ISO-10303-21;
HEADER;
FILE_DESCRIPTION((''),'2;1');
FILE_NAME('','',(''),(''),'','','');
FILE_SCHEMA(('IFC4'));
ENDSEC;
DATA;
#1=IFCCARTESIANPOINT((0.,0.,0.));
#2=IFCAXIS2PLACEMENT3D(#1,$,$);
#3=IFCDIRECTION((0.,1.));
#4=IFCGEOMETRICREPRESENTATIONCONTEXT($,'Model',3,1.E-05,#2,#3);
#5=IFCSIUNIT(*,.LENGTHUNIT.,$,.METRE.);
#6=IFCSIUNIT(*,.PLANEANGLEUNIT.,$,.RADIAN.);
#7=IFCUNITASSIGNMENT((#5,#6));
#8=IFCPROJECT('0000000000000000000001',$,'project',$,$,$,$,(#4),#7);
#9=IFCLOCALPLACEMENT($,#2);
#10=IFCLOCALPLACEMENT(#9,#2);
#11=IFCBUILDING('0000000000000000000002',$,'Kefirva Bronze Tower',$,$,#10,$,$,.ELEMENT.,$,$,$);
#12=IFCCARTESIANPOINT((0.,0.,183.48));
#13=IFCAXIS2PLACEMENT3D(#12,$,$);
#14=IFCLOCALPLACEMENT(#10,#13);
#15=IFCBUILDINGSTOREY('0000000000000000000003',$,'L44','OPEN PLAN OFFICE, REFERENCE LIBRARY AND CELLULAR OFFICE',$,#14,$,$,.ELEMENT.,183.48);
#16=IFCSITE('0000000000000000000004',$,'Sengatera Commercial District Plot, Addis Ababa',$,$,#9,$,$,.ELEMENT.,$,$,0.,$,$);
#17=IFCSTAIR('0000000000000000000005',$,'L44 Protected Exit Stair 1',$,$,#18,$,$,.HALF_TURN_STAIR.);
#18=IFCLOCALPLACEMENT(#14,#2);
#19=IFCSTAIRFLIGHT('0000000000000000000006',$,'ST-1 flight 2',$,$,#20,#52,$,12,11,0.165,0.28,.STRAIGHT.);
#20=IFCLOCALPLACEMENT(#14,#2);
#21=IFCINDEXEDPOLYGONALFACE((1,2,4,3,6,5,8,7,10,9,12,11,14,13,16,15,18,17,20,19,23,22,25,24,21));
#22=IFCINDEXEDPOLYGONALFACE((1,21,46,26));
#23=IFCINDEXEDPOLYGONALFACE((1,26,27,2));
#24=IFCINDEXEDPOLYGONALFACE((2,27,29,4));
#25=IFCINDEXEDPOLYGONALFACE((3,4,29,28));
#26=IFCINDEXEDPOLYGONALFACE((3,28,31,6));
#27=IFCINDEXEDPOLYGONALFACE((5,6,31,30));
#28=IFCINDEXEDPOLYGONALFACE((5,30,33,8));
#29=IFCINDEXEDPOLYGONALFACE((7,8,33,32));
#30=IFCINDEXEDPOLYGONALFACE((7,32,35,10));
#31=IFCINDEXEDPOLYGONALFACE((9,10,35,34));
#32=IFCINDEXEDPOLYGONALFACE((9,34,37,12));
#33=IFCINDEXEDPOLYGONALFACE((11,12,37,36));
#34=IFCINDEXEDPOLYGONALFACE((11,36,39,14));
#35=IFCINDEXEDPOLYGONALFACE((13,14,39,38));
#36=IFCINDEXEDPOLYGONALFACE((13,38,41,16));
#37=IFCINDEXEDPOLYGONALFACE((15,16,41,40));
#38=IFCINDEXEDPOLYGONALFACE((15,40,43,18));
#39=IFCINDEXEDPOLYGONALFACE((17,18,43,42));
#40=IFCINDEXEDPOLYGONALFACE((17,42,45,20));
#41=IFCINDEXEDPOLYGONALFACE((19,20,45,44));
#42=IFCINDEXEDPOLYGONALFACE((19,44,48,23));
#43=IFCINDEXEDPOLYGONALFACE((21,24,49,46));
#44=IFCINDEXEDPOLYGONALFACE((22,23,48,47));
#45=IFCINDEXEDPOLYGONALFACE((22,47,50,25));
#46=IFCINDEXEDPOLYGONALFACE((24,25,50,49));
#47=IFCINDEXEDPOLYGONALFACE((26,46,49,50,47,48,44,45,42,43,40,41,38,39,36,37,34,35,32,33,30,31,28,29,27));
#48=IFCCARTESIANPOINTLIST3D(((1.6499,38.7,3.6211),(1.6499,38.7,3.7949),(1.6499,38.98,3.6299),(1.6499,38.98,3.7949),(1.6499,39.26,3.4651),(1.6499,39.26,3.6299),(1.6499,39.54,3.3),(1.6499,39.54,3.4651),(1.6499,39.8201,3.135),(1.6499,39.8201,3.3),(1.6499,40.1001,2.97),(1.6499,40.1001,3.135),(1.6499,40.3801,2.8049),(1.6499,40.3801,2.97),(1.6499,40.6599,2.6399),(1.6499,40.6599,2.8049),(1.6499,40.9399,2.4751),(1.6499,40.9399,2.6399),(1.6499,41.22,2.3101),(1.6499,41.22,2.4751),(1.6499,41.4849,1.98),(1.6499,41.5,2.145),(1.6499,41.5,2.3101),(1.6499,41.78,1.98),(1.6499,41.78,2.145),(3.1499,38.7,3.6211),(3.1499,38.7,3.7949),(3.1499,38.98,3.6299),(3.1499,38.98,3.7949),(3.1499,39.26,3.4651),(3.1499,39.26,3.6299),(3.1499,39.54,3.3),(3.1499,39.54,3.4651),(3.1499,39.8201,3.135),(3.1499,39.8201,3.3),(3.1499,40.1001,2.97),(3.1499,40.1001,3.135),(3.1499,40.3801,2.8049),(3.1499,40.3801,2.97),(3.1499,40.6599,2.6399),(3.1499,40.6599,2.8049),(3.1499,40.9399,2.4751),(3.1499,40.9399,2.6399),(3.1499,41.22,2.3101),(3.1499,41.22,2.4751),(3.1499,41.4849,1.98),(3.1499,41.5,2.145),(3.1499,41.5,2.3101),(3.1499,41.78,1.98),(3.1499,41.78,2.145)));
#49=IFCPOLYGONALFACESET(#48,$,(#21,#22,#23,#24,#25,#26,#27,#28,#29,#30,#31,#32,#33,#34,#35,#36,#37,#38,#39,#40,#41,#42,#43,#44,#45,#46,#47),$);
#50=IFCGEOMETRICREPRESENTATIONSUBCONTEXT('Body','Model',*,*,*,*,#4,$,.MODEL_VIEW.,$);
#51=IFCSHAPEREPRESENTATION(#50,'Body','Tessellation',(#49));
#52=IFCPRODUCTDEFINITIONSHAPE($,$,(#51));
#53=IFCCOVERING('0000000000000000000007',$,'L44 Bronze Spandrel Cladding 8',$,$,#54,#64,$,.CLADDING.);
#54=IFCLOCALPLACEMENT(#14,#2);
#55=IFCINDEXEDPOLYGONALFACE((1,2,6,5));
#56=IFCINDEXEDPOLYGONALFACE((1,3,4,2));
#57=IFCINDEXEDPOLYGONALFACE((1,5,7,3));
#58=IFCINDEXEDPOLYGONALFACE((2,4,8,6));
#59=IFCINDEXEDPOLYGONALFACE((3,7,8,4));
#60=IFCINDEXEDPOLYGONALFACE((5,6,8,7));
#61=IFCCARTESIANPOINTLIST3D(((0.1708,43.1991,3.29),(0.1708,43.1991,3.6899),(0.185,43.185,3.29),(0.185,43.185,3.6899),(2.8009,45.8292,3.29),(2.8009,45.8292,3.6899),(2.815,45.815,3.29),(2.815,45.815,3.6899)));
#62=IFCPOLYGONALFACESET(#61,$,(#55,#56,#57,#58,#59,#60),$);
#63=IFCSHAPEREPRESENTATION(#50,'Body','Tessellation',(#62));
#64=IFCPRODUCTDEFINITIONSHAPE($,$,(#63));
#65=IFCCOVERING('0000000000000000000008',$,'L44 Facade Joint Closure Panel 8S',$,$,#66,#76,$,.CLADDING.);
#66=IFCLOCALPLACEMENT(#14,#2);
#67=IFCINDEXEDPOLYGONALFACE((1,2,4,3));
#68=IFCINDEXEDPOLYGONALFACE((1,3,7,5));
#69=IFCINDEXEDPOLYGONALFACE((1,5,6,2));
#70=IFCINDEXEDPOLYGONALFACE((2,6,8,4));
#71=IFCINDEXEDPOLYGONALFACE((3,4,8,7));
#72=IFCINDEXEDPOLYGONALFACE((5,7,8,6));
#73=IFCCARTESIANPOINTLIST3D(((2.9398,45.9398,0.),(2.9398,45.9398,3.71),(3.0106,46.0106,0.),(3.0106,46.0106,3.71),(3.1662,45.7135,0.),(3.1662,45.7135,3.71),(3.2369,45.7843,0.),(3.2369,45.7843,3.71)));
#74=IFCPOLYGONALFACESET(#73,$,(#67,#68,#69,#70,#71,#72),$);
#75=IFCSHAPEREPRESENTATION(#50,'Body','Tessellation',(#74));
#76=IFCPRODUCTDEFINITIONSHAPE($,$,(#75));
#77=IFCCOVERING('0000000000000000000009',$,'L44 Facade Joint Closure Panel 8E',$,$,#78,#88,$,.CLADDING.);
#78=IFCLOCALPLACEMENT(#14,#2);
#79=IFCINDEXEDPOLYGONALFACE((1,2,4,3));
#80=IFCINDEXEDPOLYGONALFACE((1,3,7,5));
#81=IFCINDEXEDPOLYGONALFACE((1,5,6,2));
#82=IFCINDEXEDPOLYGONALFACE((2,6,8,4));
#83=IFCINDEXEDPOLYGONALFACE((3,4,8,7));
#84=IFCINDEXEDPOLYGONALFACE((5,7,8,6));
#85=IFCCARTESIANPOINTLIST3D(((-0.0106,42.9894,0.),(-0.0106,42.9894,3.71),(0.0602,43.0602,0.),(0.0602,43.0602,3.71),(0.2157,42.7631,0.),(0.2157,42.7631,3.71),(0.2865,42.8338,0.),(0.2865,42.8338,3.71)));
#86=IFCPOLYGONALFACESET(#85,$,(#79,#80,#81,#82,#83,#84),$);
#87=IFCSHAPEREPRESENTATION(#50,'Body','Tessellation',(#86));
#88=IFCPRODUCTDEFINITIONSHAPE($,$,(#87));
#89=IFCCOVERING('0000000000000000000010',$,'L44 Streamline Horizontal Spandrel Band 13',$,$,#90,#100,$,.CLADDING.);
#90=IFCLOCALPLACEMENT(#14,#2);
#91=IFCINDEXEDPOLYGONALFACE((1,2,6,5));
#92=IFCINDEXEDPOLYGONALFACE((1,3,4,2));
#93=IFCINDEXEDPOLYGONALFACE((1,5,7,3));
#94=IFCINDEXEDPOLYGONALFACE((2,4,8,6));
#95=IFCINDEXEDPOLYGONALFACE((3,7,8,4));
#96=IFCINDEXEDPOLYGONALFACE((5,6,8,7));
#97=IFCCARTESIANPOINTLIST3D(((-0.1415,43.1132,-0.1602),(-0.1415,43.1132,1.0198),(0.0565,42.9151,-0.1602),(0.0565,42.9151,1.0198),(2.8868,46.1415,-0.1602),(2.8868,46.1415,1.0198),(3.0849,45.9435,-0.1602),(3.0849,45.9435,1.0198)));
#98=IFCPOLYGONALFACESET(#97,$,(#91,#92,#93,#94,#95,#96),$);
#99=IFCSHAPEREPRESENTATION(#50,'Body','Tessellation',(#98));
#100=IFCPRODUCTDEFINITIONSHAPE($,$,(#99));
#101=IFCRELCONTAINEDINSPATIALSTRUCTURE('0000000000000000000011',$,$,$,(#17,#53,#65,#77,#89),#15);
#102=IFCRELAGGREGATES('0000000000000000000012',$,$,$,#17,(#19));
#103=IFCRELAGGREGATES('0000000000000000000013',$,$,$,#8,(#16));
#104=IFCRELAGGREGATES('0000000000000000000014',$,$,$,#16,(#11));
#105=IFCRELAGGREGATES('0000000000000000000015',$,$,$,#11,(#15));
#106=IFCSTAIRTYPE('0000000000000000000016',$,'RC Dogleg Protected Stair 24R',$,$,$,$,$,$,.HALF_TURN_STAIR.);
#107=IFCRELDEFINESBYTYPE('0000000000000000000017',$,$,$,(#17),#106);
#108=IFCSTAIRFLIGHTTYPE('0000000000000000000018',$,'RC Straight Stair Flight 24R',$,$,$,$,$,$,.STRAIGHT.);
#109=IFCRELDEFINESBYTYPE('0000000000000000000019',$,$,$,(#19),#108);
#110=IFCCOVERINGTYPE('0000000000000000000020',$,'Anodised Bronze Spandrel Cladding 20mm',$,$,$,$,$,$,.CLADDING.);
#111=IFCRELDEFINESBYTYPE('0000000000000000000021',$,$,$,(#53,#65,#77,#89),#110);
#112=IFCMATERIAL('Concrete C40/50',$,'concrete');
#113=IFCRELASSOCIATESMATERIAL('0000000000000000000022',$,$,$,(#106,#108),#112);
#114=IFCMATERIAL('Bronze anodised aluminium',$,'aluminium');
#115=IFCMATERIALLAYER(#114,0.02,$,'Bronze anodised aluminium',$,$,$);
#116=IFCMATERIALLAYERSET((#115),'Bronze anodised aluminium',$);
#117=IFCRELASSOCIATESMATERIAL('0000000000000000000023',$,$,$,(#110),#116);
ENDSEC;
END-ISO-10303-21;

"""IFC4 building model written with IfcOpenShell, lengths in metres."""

from ifc_helpers import new_model, si_unit, direction, frame, origin, origin_2d, place, context, subcontext, project, spatial, polyline, rectangle, outline, extrude, material, layer, layer_set, type_object, element, aggregate, save


model = new_model("IFC4")

# Units and contexts
model_context = context("Model", 3, precision=1e-05, world=origin(), true_north=direction((0.0, 1.0)))
body_context = subcontext(model_context, "Body", "Model", "MODEL_VIEW")
ifc_project = project(units=[si_unit("LENGTHUNIT", "METRE"), si_unit("PLANEANGLEUNIT", "RADIAN")], contexts=[model_context])

# Site, building, storey
site_placement = place(None, origin())
site = spatial("IfcSite", under=ifc_project, at=site_placement, Name="Sengatera Commercial District Plot, Addis Ababa", CompositionType="ELEMENT", RefElevation=0.0)
building_placement = place(site_placement, origin())
building = spatial("IfcBuilding", under=site, at=building_placement, Name="Kefirva Bronze Tower", CompositionType="ELEMENT")
storey_placement = place(building_placement, frame((0.0, 0.0, 183.48)))
storey = spatial("IfcBuildingStorey", under=building, at=storey_placement, Name="L44", Description="OPEN PLAN OFFICE, REFERENCE LIBRARY AND CELLULAR OFFICE", CompositionType="ELEMENT", Elevation=183.48)

# Shared definitions
ifc_material_1 = material(Name="Bronze anodised aluminium", Category="aluminium")

# Stair, stair flight
ifc_material_2 = material(Name="Concrete C40/50", Category="concrete")
stair_type = type_object("IfcStairType", Name="RC Dogleg Protected Stair 24R", PredefinedType="HALF_TURN_STAIR", material=ifc_material_2)
stair_placement = place(storey_placement, origin())
stair = element("IfcStair", 1, at=stair_placement, inside=storey, type_object=stair_type, Name="L44 Protected Exit Stair 1", PredefinedType="HALF_TURN_STAIR")
stair_flight_type = type_object("IfcStairFlightType", Name="RC Straight Stair Flight 24R", PredefinedType="STRAIGHT", material=ifc_material_2)
stair_flight_1_placement = place(storey_placement, frame((2.3999, 41.78, 1.98), z_axis=(0.0, 0.0, 1.0), x_axis=(0.0, -1.0, 0.0)))
stair_flight_1 = element("IfcStairFlight", 2, at=stair_flight_1_placement, type_object=stair_flight_type, Name="ST-1 flight 2", NumberOfRisers=12, NumberOfTreads=11, PredefinedType="STRAIGHT", RiserHeight=0.165, TreadLength=0.28, context=body_context, shape_type="SweptSolid", body=[
    extrude(outline(polyline([(0.0, 0.0), (0.0, 0.165), (0.28, 0.165), (0.28, 0.3301), (0.5601, 0.3301), (0.5601, 0.4951), (0.8401, 0.4951), (0.8401, 0.6599), (1.1201, 0.6599), (1.1201, 0.825), (1.3999, 0.825), (1.3999, 0.99), (1.6799, 0.99), (1.6799, 1.155), (1.96, 1.155), (1.96, 1.3201), (2.24, 1.3201), (2.24, 1.4851), (2.52, 1.4851), (2.52, 1.6499), (2.8, 1.6499), (2.8, 1.8149), (3.0801, 1.8149), (3.0801, 1.98), (3.0801, 1.6411), (0.2952, 0.0), (0.0, 0.0)])), frame((0.0, 0.75, 0.0), z_axis=(0.0, -1.0, 0.0), x_axis=(1.0, 0.0, 0.0)), (0.0, 0.0, 1.0), 1.5),
])
aggregate(stair, [stair_flight_1])

# Coverings
ifc_layer_1 = layer(ifc_material_1, 0.02, Name="Bronze anodised aluminium")
ifc_layer_set_1 = layer_set([ifc_layer_1], Name="Bronze anodised aluminium")
covering_type_1 = type_object("IfcCoveringType", Name="Anodised Bronze Spandrel Cladding 20mm", PredefinedType="CLADDING", material=ifc_layer_set_1)
covering_1_placement = place(storey_placement, frame((1.4929, 44.5071, 3.29), z_axis=(0.0, 0.0, 1.0), x_axis=(-0.707107, -0.707107, 0.0)))
element("IfcCovering", 3, at=covering_1_placement, inside=storey, type_object=covering_type_1, Name="L44 Bronze Spandrel Cladding 8", PredefinedType="CLADDING", context=body_context, shape_type="SweptSolid", body=[
    extrude(rectangle(XDim=3.7195, YDim=0.02, at=origin_2d()), origin(), (0.0, 0.0, 1.0), 0.3999),
])
for number, where, z_axis, x_axis, name in (
    (4, (3.0884, 45.8621, 0.0), (0.0, 0.0, 1.0), (-0.707107, -0.707107, 0.0), "L44 Facade Joint Closure Panel 8S"),
    (5, (0.1379, 42.9116, 0.0), (0.0, 0.0, 1.0), (-0.707107, -0.707107, 0.0), "L44 Facade Joint Closure Panel 8E"),
):
    element("IfcCovering", number, at=place(storey_placement, frame(where, z_axis=z_axis, x_axis=x_axis)), inside=storey, type_object=covering_type_1, Name=name, PredefinedType="CLADDING", context=body_context, shape_type="SweptSolid", body=[
        extrude(rectangle(XDim=0.1001, YDim=0.3201, at=origin_2d()), origin(), (0.0, 0.0, 1.0), 3.71),
    ])
covering_2_placement = place(storey_placement, frame((1.4717, 44.5283, -0.1602), z_axis=(0.0, 0.0, 1.0), x_axis=(-0.707107, -0.707107, 0.0)))
element("IfcCovering", 6, at=covering_2_placement, inside=storey, type_object=covering_type_1, Name="L44 Streamline Horizontal Spandrel Band 13", PredefinedType="CLADDING", context=body_context, shape_type="SweptSolid", body=[
    extrude(rectangle(XDim=4.2827, YDim=0.28, at=origin_2d()), origin(), (0.0, 0.0, 1.0), 1.1799),
])

save(model, "model.ifc")
